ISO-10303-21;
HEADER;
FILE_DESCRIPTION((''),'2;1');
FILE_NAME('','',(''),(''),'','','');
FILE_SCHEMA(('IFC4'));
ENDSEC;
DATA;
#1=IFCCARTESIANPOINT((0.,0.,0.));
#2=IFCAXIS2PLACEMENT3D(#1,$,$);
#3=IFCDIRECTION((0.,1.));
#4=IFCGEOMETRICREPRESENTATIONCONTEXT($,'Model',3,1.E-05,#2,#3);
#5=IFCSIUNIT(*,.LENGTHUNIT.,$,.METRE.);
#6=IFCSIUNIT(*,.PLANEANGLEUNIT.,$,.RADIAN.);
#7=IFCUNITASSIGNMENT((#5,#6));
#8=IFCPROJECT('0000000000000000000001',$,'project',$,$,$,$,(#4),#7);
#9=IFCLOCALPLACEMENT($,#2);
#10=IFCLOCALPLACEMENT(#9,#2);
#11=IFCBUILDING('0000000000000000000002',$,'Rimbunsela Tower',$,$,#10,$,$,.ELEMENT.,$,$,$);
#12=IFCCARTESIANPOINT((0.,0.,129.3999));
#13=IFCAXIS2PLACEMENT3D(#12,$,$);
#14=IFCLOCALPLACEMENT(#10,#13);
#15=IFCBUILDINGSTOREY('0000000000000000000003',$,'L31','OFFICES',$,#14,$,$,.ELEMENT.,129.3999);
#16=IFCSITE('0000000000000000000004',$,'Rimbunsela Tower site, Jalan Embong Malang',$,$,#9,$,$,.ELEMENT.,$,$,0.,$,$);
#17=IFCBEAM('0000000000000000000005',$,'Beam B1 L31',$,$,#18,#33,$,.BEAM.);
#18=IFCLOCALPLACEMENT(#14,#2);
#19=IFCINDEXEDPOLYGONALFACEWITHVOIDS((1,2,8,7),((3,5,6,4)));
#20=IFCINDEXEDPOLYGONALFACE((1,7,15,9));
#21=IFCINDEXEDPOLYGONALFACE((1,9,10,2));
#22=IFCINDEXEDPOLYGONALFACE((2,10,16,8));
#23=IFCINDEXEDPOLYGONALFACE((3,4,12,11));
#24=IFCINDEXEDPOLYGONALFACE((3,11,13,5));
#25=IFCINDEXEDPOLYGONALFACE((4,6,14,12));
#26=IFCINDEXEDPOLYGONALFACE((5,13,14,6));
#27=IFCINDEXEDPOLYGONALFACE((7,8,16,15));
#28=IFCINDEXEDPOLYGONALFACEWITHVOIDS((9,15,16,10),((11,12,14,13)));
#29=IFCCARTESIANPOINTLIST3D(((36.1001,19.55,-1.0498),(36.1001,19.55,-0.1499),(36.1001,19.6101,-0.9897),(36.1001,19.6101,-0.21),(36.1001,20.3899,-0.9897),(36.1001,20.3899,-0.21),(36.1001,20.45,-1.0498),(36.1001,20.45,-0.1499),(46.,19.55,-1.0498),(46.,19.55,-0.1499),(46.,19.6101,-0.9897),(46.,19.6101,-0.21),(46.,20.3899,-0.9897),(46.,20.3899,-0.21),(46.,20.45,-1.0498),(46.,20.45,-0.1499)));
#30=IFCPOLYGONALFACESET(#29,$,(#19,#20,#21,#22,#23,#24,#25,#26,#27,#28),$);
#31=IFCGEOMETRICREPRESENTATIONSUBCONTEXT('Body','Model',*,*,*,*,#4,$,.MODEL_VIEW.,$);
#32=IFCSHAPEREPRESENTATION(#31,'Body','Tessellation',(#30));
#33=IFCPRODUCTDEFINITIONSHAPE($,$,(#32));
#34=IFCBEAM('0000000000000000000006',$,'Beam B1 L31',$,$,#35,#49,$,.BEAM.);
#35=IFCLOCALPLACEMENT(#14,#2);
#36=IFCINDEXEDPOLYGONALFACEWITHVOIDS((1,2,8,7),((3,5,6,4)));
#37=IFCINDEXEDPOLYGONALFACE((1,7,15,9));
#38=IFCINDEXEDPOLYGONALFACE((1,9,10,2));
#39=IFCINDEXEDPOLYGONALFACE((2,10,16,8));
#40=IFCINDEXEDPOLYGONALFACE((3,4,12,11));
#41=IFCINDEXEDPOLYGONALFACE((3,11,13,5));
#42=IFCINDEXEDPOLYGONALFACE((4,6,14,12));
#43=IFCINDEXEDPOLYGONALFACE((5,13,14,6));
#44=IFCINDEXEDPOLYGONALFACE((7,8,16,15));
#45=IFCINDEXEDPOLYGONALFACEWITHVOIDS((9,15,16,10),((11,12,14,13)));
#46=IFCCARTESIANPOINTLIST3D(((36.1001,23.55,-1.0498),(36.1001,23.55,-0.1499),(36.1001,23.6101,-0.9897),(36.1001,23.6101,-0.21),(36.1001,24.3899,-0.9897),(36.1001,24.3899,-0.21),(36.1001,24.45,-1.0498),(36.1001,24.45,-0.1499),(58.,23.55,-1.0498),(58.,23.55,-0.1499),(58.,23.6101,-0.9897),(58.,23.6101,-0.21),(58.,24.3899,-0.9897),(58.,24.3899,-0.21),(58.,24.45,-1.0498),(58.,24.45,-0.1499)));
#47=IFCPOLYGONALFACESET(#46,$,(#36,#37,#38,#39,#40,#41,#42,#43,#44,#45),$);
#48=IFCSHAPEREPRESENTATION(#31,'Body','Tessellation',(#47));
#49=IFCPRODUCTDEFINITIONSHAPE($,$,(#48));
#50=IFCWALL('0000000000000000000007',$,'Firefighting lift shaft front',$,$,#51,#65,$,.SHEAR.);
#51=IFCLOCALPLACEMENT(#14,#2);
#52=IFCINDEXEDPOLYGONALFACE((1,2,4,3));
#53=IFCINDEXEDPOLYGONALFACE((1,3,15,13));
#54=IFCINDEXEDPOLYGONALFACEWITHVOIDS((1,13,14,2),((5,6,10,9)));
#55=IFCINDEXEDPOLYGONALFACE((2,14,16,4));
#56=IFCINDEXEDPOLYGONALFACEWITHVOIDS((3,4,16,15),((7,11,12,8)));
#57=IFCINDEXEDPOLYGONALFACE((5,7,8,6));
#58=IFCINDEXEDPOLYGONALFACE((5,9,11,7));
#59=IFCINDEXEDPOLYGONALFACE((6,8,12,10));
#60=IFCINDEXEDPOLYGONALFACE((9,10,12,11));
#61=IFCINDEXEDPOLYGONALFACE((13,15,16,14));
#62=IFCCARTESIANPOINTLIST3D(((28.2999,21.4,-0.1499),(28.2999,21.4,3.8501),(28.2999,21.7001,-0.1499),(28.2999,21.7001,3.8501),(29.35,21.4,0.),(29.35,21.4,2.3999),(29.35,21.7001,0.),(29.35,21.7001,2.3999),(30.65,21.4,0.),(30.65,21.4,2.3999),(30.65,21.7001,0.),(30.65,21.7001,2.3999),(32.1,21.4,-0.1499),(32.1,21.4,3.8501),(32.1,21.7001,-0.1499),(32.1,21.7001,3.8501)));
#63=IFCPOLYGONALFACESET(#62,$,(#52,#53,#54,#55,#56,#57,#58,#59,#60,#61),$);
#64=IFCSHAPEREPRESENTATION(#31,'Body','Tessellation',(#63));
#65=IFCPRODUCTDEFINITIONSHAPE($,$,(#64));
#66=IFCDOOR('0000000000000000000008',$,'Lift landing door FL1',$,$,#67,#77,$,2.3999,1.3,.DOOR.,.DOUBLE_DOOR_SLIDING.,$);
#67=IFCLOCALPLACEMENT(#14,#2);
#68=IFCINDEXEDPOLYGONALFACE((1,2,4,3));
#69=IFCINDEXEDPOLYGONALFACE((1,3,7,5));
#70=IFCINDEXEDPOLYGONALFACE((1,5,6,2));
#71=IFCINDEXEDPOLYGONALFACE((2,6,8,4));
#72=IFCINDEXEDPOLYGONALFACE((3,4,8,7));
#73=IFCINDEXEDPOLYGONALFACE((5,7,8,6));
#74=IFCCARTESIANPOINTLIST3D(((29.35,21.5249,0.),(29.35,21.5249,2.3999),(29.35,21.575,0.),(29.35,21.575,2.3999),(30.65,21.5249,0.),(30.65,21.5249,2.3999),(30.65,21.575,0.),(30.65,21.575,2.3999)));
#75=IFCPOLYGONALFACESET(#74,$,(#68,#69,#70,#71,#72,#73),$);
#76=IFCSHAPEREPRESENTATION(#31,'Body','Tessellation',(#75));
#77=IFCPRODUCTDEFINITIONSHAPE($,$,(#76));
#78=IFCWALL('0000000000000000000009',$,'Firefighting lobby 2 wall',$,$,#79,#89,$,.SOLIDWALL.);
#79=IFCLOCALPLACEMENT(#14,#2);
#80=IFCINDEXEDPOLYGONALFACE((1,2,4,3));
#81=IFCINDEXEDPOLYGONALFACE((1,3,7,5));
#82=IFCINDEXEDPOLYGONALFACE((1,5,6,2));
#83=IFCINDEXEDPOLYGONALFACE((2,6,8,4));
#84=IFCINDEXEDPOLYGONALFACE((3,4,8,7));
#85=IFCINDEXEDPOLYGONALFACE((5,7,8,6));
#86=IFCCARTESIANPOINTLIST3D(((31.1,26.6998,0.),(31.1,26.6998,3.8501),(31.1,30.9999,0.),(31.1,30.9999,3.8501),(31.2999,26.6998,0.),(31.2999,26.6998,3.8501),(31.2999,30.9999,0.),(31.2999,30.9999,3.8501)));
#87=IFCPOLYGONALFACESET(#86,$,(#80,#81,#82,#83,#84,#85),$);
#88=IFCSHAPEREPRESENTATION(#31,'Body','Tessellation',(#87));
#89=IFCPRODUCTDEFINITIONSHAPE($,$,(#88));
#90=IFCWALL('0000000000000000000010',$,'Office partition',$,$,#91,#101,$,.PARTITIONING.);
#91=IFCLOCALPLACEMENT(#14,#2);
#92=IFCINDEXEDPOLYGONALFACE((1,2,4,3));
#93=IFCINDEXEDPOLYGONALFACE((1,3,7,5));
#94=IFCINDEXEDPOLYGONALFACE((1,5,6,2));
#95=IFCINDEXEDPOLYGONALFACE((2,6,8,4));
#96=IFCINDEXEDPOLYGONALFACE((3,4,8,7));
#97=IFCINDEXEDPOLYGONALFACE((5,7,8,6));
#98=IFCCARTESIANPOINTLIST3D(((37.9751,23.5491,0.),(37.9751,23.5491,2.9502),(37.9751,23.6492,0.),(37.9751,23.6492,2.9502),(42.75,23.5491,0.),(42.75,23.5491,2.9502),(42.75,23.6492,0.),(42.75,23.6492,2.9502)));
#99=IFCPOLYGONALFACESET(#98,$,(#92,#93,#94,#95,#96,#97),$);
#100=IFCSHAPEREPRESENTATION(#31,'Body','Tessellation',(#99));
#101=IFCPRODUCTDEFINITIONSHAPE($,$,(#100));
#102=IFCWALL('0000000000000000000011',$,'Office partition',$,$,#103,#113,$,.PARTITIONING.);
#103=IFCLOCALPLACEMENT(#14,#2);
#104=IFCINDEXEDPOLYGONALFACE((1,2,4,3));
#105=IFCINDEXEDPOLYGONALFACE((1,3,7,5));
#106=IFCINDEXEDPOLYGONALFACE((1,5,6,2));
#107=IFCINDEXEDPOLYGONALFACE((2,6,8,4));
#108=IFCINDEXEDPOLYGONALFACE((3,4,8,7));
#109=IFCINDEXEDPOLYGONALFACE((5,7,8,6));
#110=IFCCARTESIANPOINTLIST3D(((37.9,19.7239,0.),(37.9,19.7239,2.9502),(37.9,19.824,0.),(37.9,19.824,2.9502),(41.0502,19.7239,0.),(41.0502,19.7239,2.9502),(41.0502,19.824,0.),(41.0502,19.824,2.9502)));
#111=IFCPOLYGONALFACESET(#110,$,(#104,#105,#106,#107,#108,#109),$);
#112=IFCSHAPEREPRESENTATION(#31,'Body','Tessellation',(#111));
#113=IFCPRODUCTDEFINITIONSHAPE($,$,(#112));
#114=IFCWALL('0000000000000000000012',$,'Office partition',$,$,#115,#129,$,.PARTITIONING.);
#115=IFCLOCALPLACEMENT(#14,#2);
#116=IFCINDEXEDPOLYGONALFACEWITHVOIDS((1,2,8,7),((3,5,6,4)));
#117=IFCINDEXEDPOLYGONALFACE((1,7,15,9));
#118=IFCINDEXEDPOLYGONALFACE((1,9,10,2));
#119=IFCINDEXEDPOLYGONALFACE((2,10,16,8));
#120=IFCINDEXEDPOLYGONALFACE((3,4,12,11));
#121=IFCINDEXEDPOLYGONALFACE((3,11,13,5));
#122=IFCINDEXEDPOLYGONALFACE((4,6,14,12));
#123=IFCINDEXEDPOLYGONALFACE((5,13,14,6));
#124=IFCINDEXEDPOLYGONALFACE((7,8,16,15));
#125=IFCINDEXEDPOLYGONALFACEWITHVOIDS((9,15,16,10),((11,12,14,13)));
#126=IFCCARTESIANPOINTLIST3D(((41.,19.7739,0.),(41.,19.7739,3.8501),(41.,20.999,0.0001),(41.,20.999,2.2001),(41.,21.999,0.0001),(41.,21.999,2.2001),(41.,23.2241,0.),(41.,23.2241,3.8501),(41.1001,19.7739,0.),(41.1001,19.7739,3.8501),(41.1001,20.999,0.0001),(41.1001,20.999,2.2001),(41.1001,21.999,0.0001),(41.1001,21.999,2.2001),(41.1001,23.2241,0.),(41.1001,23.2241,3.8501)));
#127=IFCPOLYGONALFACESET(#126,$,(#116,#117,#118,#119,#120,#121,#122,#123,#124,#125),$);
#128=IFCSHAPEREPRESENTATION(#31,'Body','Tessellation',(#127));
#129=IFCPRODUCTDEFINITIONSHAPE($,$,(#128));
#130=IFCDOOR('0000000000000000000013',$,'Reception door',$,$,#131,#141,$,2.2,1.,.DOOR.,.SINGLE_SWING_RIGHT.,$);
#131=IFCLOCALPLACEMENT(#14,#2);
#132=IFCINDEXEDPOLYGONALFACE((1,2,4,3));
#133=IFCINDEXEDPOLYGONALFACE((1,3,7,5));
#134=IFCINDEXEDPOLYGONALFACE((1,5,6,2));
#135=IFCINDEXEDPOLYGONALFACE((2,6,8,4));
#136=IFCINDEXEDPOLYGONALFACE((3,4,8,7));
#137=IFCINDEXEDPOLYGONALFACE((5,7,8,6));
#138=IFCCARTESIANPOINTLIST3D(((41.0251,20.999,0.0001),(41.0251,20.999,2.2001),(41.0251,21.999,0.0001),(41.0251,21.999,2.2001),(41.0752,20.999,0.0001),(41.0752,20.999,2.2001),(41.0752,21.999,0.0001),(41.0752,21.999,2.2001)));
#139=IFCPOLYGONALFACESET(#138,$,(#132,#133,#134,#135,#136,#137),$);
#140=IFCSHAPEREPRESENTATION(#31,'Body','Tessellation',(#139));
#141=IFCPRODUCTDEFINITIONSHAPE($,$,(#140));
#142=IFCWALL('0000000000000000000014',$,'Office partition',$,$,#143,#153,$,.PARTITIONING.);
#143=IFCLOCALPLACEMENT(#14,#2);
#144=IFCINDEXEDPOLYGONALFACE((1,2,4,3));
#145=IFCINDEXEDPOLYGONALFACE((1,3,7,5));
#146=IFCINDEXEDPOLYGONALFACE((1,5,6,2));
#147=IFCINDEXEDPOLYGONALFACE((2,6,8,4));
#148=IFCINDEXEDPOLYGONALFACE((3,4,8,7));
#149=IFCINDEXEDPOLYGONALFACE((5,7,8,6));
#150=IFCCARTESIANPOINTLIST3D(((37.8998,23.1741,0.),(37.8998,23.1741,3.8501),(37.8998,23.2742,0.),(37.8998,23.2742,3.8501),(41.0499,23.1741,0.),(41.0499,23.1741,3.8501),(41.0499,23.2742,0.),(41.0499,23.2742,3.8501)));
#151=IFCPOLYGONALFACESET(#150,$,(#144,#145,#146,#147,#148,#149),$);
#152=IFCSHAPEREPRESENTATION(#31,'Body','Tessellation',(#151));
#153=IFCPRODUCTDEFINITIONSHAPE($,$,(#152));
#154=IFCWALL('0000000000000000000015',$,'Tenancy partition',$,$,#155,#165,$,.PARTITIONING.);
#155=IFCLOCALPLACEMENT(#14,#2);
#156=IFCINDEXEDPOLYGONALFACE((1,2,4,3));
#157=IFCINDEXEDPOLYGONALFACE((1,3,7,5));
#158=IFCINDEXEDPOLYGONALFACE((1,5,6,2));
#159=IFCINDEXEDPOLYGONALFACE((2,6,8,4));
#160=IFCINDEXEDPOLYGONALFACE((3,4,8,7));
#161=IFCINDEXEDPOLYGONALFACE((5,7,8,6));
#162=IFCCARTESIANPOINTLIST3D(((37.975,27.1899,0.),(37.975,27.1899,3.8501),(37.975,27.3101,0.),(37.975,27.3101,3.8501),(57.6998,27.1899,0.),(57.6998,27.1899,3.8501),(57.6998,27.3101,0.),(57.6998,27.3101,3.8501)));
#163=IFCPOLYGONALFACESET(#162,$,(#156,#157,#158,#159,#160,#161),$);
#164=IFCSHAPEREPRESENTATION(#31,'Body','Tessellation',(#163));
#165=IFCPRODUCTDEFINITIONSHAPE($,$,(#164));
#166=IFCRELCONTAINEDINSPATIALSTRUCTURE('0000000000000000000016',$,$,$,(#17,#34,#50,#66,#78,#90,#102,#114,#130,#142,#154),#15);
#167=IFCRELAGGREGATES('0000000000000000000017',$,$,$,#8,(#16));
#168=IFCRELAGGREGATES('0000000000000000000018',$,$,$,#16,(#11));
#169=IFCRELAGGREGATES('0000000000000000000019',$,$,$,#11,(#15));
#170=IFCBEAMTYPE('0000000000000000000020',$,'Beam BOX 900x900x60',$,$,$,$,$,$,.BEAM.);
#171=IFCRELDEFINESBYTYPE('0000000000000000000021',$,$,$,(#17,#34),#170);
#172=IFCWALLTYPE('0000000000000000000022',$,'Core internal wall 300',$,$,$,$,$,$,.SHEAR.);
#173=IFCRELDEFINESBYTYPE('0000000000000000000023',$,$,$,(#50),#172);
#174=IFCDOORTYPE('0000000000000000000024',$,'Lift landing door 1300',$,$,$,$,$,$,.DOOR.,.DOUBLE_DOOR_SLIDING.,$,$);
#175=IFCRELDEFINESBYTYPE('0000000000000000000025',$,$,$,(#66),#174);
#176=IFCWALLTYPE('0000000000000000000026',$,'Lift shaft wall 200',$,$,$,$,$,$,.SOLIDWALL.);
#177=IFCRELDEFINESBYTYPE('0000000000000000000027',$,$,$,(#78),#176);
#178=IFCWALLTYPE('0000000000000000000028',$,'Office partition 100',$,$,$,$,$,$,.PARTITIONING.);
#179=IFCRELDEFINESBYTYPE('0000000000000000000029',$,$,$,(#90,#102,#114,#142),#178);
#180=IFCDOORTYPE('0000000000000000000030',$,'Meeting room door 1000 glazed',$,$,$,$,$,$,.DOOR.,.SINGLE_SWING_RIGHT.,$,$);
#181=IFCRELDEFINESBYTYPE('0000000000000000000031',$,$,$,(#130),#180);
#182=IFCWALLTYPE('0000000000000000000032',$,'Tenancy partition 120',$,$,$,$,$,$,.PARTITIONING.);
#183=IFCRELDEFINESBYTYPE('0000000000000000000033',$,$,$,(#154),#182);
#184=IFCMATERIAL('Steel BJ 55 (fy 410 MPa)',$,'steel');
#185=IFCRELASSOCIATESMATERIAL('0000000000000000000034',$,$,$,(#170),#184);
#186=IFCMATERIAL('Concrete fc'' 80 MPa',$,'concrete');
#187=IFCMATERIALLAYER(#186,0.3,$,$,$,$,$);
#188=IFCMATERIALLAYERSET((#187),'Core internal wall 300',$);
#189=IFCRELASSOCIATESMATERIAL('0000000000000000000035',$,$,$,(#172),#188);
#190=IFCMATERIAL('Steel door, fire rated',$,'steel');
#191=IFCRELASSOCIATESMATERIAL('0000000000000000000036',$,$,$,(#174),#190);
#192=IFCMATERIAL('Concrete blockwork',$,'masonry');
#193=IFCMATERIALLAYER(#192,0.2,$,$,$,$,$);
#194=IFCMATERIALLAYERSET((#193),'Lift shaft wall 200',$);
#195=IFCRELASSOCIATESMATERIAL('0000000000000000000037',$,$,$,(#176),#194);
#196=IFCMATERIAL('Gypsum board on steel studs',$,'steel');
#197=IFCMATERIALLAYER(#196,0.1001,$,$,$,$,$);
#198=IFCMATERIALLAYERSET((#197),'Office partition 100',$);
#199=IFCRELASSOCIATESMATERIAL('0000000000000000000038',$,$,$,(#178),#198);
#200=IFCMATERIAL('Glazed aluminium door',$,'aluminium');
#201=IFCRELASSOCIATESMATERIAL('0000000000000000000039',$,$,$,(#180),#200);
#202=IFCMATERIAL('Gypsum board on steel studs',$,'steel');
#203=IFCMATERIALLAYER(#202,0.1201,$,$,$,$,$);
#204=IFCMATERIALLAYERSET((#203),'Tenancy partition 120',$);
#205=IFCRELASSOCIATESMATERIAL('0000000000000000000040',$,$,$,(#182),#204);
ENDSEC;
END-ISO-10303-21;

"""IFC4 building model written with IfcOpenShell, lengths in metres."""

from ifc_helpers import new_model, si_unit, direction, frame, frame_2d, origin, origin_2d, place, context, subcontext, project, spatial, rectangle, hollow_rectangle, extrude, material, layer, layer_set, material_profile, profile_set, type_object, element, fill, save


model = new_model("IFC4")

# Units and contexts
model_context = context("Model", 3, precision=1e-05, world=origin(), true_north=direction((0.0, 1.0)))
body_context = subcontext(model_context, "Body", "Model", "MODEL_VIEW")
ifc_project = project(units=[si_unit("LENGTHUNIT", "METRE"), si_unit("PLANEANGLEUNIT", "RADIAN")], contexts=[model_context])

# Site, building, storey
site_placement = place(None, origin())
site = spatial("IfcSite", under=ifc_project, at=site_placement, Name="Rimbunsela Tower site, Jalan Embong Malang", CompositionType="ELEMENT", RefElevation=0.0)
building_placement = place(site_placement, origin())
building = spatial("IfcBuilding", under=site, at=building_placement, Name="Rimbunsela Tower", CompositionType="ELEMENT")
storey_placement = place(building_placement, frame((0.0, 0.0, 129.3999)))
storey = spatial("IfcBuildingStorey", under=building, at=storey_placement, Name="L31", Description="OFFICES", CompositionType="ELEMENT", Elevation=129.3999)

# Beams
ifc_material_1 = material(Name="Steel BJ 55 (fy 410 MPa)", Category="steel")
ifc_material_profile = material_profile(ifc_material_1, hollow_rectangle(XDim=0.8999, YDim=0.8999, WallThickness=0.0601, at=origin_2d()), Name="BOX 900x900x60")
ifc_profile_set = profile_set([ifc_material_profile], Name="Steel BJ 55 (fy 410 MPa)")
beam_type = type_object("IfcBeamType", Name="Beam BOX 900x900x60", PredefinedType="BEAM", material=ifc_profile_set)
beam_1_placement = place(storey_placement, frame((36.1001, 20.0, -0.5999), z_axis=(1.0, 0.0, 0.0), x_axis=(0.0, 1.0, 0.0)))
element("IfcBeam", 1, at=beam_1_placement, inside=storey, type_object=beam_type, Name="Beam B1 L31", PredefinedType="BEAM", context=body_context, shape_type="SweptSolid", body=[
    extrude(hollow_rectangle(XDim=0.8999, YDim=0.8999, WallThickness=0.0601, at=origin_2d()), origin(), (0.0, 0.0, 1.0), 9.8999),
])
beam_2_placement = place(storey_placement, frame((36.1001, 24.0, -0.5999), z_axis=(1.0, 0.0, 0.0), x_axis=(0.0, 1.0, 0.0)))
element("IfcBeam", 2, at=beam_2_placement, inside=storey, type_object=beam_type, Name="Beam B1 L31", PredefinedType="BEAM", context=body_context, shape_type="SweptSolid", body=[
    extrude(hollow_rectangle(XDim=0.8999, YDim=0.8999, WallThickness=0.0601, at=origin_2d()), origin(), (0.0, 0.0, 1.0), 21.8999),
])

# Wall, opening, door
ifc_material_2 = material(Name="Concrete fc' 80 MPa", Category="concrete")
ifc_layer_1 = layer(ifc_material_2, 0.3)
ifc_layer_set_1 = layer_set([ifc_layer_1], Name="Core internal wall 300")
wall_type_1 = type_object("IfcWallType", Name="Core internal wall 300", PredefinedType="SHEAR", material=ifc_layer_set_1)
wall_1_placement = place(storey_placement, frame((28.3, 21.55, -0.1499), z_axis=(0.0, 0.0, 1.0), x_axis=(1.0, 0.0, 0.0)))
wall_1 = element("IfcWall", 3, at=wall_1_placement, inside=storey, type_object=wall_type_1, Name="Firefighting lift shaft front", PredefinedType="SHEAR", context=body_context, shape_type="SweptSolid", body=[
    extrude(rectangle(XDim=3.8, YDim=0.3, at=frame_2d((1.8999, 0.0))), origin(), (0.0, 0.0, 1.0), 4.0),
])
opening_1_placement = place(wall_1_placement, frame((1.05, 0.0, 0.1499)))
opening_1 = element("IfcOpeningElement", 4, at=opening_1_placement, cuts=wall_1, PredefinedType="OPENING", context=body_context, shape_type="SweptSolid", body=[
    extrude(rectangle(XDim=1.3, YDim=2.3999, at=frame_2d((0.6499, 1.2))), frame((0.0, 0.1599, 0.0), z_axis=(0.0, -1.0, 0.0), x_axis=(1.0, 0.0, 0.0)), (0.0, 0.0, 1.0), 0.3201),
])
ifc_material_3 = material(Name="Steel door, fire rated", Category="steel")
door_type_1 = type_object("IfcDoorType", Name="Lift landing door 1300", OperationType="DOUBLE_DOOR_SLIDING", PredefinedType="DOOR", material=ifc_material_3)
door_1_placement = place(opening_1_placement, origin())
door_1 = element("IfcDoor", 5, at=door_1_placement, inside=storey, type_object=door_type_1, Name="Lift landing door FL1", OperationType="DOUBLE_DOOR_SLIDING", OverallHeight=2.3999, OverallWidth=1.3, PredefinedType="DOOR", context=body_context, shape_type="SweptSolid", body=[
    extrude(rectangle(XDim=1.3, YDim=2.3999, at=frame_2d((0.6499, 1.2))), frame((0.0, 0.0249, 0.0), z_axis=(0.0, -1.0, 0.0), x_axis=(1.0, 0.0, 0.0)), (0.0, 0.0, 1.0), 0.05),
])
fill(opening_1, door_1)

# Walls
ifc_material_4 = material(Name="Concrete blockwork", Category="masonry")
ifc_layer_2 = layer(ifc_material_4, 0.2)
ifc_layer_set_2 = layer_set([ifc_layer_2], Name="Lift shaft wall 200")
wall_type_2 = type_object("IfcWallType", Name="Lift shaft wall 200", PredefinedType="SOLIDWALL", material=ifc_layer_set_2)
wall_2_placement = place(storey_placement, frame((31.2, 26.7, 0.0), z_axis=(0.0, 0.0, 1.0), x_axis=(0.0, 1.0, 0.0)))
element("IfcWall", 6, at=wall_2_placement, inside=storey, type_object=wall_type_2, Name="Firefighting lobby 2 wall", PredefinedType="SOLIDWALL", context=body_context, shape_type="SweptSolid", body=[
    extrude(rectangle(XDim=4.3, YDim=0.2, at=frame_2d((2.1499, 0.0))), origin(), (0.0, 0.0, 1.0), 3.8501),
])
ifc_material_5 = material(Name="Gypsum board on steel studs", Category="steel")
ifc_layer_3 = layer(ifc_material_5, 0.1001)
ifc_layer_set_3 = layer_set([ifc_layer_3], Name="Office partition 100")
wall_type_3 = type_object("IfcWallType", Name="Office partition 100", PredefinedType="PARTITIONING", material=ifc_layer_set_3)
wall_3_placement = place(storey_placement, frame((37.9751, 23.5991, 0.0), z_axis=(0.0, 0.0, 1.0), x_axis=(1.0, 0.0, 0.0)))
element("IfcWall", 7, at=wall_3_placement, inside=storey, type_object=wall_type_3, Name="Office partition", PredefinedType="PARTITIONING", context=body_context, shape_type="SweptSolid", body=[
    extrude(rectangle(XDim=4.7749, YDim=0.1001, at=frame_2d((2.3875, 0.0))), origin(), (0.0, 0.0, 1.0), 2.9502),
])
wall_4_placement = place(storey_placement, frame((37.8999, 19.7739, 0.0), z_axis=(0.0, 0.0, 1.0), x_axis=(1.0, 0.0, 0.0)))
element("IfcWall", 8, at=wall_4_placement, inside=storey, type_object=wall_type_3, Name="Office partition", PredefinedType="PARTITIONING", context=body_context, shape_type="SweptSolid", body=[
    extrude(rectangle(XDim=3.1501, YDim=0.1001, at=frame_2d((1.5752, 0.0))), origin(), (0.0, 0.0, 1.0), 2.9502),
])

# Wall, opening, door
wall_5_placement = place(storey_placement, frame((41.05, 19.7739, 0.0), z_axis=(0.0, 0.0, 1.0), x_axis=(0.0, 1.0, 0.0)))
wall_5 = element("IfcWall", 9, at=wall_5_placement, inside=storey, type_object=wall_type_3, Name="Office partition", PredefinedType="PARTITIONING", context=body_context, shape_type="SweptSolid", body=[
    extrude(rectangle(XDim=3.4502, YDim=0.1001, at=frame_2d((1.7251, 0.0))), origin(), (0.0, 0.0, 1.0), 3.8501),
])
opening_2_placement = place(wall_5_placement, frame((1.2251, 0.0, 0.0)))
opening_2 = element("IfcOpeningElement", 10, at=opening_2_placement, cuts=wall_5, PredefinedType="OPENING", context=body_context, shape_type="SweptSolid", body=[
    extrude(rectangle(XDim=1.0, YDim=2.2, at=frame_2d((0.5, 1.1001))), frame((0.0, 0.0601, 0.0), z_axis=(0.0, -1.0, 0.0), x_axis=(1.0, 0.0, 0.0)), (0.0, 0.0, 1.0), 0.1201),
])
ifc_material_6 = material(Name="Glazed aluminium door", Category="aluminium")
door_type_2 = type_object("IfcDoorType", Name="Meeting room door 1000 glazed", OperationType="SINGLE_SWING_RIGHT", PredefinedType="DOOR", material=ifc_material_6)
door_2_placement = place(opening_2_placement, origin())
door_2 = element("IfcDoor", 11, at=door_2_placement, inside=storey, type_object=door_type_2, Name="Reception door", OperationType="SINGLE_SWING_RIGHT", OverallHeight=2.2, OverallWidth=1.0, PredefinedType="DOOR", context=body_context, shape_type="SweptSolid", body=[
    extrude(rectangle(XDim=1.0, YDim=2.2, at=frame_2d((0.5, 1.1001))), frame((0.0, 0.0249, 0.0), z_axis=(0.0, -1.0, 0.0), x_axis=(1.0, 0.0, 0.0)), (0.0, 0.0, 1.0), 0.05),
])
fill(opening_2, door_2)

# Walls
wall_6_placement = place(storey_placement, frame((41.05, 23.2241, 0.0), z_axis=(0.0, 0.0, 1.0), x_axis=(-1.0, 0.0, 0.0)))
element("IfcWall", 12, at=wall_6_placement, inside=storey, type_object=wall_type_3, Name="Office partition", PredefinedType="PARTITIONING", context=body_context, shape_type="SweptSolid", body=[
    extrude(rectangle(XDim=3.1501, YDim=0.1001, at=frame_2d((1.5752, 0.0))), origin(), (0.0, 0.0, 1.0), 3.8501),
])
ifc_material_7 = material(Name="Gypsum board on steel studs", Category="steel")
ifc_layer_4 = layer(ifc_material_7, 0.1201)
ifc_layer_set_4 = layer_set([ifc_layer_4], Name="Tenancy partition 120")
wall_type_4 = type_object("IfcWallType", Name="Tenancy partition 120", PredefinedType="PARTITIONING", material=ifc_layer_set_4)
wall_7_placement = place(storey_placement, frame((37.9751, 27.25, 0.0), z_axis=(0.0, 0.0, 1.0), x_axis=(1.0, 0.0, 0.0)))
element("IfcWall", 13, at=wall_7_placement, inside=storey, type_object=wall_type_4, Name="Tenancy partition", PredefinedType="PARTITIONING", context=body_context, shape_type="SweptSolid", body=[
    extrude(rectangle(XDim=19.7249, YDim=0.1201, at=frame_2d((9.8623, 0.0))), origin(), (0.0, 0.0, 1.0), 3.8501),
])

save(model, "model.ifc")
